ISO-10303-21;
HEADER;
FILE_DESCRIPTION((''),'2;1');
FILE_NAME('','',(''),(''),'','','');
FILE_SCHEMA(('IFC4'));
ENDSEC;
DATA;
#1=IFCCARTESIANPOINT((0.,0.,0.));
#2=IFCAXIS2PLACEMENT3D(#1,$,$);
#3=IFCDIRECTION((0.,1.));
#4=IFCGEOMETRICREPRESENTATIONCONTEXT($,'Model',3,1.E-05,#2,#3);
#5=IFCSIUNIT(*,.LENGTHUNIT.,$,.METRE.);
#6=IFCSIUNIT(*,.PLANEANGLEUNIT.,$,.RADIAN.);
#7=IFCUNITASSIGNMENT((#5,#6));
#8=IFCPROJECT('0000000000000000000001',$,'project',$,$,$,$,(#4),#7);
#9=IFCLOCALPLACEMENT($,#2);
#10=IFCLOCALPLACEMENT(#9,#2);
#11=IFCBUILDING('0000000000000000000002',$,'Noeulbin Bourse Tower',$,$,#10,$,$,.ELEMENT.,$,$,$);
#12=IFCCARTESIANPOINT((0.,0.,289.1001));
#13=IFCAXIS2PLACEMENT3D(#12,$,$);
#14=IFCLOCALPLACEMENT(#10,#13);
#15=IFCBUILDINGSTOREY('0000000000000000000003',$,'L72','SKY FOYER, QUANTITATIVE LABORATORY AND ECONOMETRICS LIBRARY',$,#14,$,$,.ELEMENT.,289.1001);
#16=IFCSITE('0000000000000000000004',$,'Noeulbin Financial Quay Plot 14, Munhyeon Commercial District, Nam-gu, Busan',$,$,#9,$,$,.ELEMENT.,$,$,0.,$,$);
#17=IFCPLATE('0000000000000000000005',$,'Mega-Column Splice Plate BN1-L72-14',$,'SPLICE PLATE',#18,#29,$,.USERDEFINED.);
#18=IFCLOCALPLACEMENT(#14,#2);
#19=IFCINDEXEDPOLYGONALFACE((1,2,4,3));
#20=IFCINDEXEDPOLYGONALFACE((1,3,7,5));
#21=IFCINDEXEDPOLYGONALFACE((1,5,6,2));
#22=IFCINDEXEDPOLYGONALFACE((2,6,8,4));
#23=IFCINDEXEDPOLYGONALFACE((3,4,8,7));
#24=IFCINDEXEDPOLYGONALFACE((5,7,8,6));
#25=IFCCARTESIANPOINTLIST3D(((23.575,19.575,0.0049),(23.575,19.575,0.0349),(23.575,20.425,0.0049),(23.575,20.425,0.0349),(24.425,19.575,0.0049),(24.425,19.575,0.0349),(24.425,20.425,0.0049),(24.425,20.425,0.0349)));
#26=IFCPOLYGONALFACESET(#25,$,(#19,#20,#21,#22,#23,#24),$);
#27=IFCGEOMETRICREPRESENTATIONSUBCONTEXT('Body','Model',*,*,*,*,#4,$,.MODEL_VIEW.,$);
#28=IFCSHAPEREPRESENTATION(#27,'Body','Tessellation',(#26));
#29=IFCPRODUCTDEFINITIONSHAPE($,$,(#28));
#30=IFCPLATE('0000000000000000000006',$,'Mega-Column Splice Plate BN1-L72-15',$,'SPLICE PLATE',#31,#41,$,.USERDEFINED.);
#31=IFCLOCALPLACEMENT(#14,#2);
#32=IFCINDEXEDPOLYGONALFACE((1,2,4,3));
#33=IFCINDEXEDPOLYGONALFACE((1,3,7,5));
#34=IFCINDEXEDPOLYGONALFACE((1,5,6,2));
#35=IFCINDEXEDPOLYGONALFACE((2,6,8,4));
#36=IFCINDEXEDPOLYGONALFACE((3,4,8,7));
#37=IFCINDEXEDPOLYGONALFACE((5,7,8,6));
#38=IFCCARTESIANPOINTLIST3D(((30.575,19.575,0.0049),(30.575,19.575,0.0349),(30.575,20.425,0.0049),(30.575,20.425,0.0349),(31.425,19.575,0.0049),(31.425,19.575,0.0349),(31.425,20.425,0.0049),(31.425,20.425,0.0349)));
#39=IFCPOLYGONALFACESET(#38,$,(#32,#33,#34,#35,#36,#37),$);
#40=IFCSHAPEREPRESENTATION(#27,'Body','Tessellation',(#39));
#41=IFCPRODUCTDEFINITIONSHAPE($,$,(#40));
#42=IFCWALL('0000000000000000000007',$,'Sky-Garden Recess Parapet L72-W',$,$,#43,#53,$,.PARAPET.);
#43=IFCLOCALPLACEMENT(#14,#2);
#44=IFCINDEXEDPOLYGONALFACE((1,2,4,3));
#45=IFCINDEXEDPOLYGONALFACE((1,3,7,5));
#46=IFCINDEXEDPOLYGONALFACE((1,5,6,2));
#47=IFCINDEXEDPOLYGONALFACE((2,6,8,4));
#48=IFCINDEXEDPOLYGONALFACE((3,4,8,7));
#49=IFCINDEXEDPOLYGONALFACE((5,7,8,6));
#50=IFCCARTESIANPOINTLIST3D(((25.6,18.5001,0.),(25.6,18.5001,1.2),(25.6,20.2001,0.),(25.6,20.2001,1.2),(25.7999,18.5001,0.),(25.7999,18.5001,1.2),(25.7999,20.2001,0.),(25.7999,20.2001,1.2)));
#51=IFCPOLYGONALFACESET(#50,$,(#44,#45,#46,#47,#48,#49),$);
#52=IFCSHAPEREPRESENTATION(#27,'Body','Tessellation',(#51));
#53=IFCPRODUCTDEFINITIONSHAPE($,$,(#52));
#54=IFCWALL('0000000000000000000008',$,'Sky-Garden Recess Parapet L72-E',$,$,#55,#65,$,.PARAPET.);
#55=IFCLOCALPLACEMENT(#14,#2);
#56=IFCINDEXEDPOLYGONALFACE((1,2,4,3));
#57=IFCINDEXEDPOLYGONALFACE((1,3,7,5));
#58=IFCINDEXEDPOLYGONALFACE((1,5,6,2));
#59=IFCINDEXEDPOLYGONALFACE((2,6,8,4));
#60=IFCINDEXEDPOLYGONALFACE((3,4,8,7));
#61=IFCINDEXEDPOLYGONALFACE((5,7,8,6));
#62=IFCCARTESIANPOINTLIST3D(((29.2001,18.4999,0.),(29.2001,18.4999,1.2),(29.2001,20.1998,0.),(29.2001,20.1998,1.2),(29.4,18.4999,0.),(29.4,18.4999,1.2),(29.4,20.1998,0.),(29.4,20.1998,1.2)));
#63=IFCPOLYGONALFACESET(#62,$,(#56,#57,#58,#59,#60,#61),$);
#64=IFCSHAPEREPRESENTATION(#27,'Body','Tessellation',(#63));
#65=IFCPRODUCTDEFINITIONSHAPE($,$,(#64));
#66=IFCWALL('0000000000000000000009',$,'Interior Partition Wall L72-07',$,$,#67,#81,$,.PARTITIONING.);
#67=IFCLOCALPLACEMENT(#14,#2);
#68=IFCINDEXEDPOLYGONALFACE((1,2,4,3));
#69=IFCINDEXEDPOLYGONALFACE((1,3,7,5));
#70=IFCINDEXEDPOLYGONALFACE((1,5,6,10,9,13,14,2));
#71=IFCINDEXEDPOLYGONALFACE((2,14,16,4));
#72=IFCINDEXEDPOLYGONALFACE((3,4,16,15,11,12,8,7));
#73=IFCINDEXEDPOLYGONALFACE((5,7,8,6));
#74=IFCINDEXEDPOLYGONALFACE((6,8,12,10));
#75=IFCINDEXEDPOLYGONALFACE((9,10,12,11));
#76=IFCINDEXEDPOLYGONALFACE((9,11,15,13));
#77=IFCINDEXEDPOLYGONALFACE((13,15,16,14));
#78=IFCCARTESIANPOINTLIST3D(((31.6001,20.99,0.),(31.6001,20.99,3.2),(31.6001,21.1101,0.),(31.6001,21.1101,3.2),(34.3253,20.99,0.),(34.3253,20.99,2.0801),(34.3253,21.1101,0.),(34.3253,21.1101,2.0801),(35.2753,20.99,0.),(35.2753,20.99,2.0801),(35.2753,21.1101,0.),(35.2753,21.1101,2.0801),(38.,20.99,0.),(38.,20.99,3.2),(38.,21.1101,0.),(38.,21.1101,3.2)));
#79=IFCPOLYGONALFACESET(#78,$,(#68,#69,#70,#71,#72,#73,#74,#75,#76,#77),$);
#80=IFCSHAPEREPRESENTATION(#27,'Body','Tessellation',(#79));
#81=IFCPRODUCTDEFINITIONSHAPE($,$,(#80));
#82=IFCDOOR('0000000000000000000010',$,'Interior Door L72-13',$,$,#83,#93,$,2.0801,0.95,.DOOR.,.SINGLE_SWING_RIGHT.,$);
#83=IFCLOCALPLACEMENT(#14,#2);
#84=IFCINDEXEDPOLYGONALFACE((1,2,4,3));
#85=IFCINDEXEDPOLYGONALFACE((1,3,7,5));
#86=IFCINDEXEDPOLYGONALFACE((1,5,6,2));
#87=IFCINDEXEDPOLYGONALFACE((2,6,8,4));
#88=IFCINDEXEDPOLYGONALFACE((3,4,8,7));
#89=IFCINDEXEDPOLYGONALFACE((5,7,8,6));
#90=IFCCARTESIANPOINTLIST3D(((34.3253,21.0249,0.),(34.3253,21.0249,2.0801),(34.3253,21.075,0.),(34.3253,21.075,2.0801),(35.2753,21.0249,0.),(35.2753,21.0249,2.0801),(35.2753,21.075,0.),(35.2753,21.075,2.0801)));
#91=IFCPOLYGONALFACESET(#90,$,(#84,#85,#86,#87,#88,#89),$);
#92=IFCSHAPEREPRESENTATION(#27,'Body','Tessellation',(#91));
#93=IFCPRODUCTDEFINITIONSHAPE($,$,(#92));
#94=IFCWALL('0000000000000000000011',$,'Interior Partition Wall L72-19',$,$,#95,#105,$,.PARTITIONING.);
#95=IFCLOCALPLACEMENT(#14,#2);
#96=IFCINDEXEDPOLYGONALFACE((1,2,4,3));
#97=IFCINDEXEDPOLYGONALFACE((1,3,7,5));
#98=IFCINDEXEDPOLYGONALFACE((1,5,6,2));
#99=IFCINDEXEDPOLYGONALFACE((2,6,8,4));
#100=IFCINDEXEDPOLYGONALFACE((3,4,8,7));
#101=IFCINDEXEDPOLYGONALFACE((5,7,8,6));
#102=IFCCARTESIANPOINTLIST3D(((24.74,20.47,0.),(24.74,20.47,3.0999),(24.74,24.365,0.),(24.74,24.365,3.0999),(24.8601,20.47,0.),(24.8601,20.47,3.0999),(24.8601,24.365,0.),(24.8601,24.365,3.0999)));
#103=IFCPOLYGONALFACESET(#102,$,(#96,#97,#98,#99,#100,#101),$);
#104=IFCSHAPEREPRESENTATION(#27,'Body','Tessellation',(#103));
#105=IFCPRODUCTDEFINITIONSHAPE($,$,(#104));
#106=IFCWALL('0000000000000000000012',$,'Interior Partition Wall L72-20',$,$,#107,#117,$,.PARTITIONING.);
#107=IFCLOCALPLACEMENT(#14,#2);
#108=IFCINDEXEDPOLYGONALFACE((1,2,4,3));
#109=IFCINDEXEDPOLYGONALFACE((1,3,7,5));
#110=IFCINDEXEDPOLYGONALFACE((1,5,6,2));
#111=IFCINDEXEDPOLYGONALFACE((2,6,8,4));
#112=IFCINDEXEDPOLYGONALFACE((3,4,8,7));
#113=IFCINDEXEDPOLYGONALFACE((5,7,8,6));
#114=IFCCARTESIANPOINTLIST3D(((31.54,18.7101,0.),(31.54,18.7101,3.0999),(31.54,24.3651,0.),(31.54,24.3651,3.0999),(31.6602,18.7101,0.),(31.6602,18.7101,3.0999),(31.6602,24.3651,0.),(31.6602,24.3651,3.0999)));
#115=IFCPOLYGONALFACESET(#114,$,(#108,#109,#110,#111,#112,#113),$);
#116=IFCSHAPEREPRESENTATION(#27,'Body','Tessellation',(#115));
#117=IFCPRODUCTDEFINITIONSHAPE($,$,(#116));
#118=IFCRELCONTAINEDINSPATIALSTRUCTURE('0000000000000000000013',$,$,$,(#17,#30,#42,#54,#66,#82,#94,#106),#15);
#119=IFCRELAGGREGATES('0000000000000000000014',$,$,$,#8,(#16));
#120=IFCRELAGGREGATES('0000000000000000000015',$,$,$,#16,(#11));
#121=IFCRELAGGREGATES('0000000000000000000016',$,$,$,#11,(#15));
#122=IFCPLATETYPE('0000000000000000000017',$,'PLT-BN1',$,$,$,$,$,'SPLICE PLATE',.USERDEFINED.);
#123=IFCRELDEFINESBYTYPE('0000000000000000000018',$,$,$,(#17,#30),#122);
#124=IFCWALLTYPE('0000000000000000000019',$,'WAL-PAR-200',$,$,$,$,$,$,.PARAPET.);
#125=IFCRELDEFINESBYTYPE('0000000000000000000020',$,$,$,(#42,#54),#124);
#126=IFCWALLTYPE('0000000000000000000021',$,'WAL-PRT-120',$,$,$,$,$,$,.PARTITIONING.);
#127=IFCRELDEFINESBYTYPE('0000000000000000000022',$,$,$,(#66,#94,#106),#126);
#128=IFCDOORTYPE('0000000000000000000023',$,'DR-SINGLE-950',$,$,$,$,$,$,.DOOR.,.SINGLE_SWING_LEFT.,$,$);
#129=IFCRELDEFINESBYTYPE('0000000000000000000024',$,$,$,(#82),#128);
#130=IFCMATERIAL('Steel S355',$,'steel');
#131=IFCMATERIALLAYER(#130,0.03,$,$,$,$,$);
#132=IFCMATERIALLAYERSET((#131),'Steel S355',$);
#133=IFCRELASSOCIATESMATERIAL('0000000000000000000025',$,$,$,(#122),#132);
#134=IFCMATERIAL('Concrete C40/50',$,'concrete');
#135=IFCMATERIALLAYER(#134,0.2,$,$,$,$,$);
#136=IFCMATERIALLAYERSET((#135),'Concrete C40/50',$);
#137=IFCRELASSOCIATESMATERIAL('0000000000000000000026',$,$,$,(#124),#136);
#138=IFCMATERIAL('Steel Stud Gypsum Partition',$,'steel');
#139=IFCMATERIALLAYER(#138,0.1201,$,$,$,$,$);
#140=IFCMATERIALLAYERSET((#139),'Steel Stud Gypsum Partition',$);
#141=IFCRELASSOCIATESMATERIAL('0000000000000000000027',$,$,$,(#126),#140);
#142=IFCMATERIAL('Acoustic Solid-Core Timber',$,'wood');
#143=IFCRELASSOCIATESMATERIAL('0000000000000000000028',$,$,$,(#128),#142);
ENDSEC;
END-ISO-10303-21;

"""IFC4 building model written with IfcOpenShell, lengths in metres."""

from ifc_helpers import new_model, si_unit, direction, frame, frame_2d, origin, origin_2d, place, context, subcontext, project, spatial, rectangle, extrude, material, layer, layer_set, type_object, element, fill, save


model = new_model("IFC4")

# Units and contexts
model_context = context("Model", 3, precision=1e-05, world=origin(), true_north=direction((0.0, 1.0)))
body_context = subcontext(model_context, "Body", "Model", "MODEL_VIEW")
ifc_project = project(units=[si_unit("LENGTHUNIT", "METRE"), si_unit("PLANEANGLEUNIT", "RADIAN")], contexts=[model_context])

# Site, building, storey
site_placement = place(None, origin())
site = spatial("IfcSite", under=ifc_project, at=site_placement, Name="Noeulbin Financial Quay Plot 14, Munhyeon Commercial District, Nam-gu, Busan", CompositionType="ELEMENT", RefElevation=0.0)
building_placement = place(site_placement, origin())
building = spatial("IfcBuilding", under=site, at=building_placement, Name="Noeulbin Bourse Tower", CompositionType="ELEMENT")
storey_placement = place(building_placement, frame((0.0, 0.0, 289.1001)))
storey = spatial("IfcBuildingStorey", under=building, at=storey_placement, Name="L72", Description="SKY FOYER, QUANTITATIVE LABORATORY AND ECONOMETRICS LIBRARY", CompositionType="ELEMENT", Elevation=289.1001)

# Shared definitions
ifc_material_1 = material(Name="Steel S355", Category="steel")

# Plates
ifc_layer_1 = layer(ifc_material_1, 0.03)
ifc_layer_set_1 = layer_set([ifc_layer_1], Name="Steel S355")
plate_type_1 = type_object("IfcPlateType", Name="PLT-BN1", ElementType="SPLICE PLATE", PredefinedType="USERDEFINED", material=ifc_layer_set_1)
for number, where, z_axis, x_axis, name in (
    (1, (24.0, 20.0, 0.0049), (0.0, 0.0, 1.0), (1.0, 0.0, 0.0), "Mega-Column Splice Plate BN1-L72-14"),
    (2, (31.0, 20.0, 0.0049), (0.0, 0.0, 1.0), (1.0, 0.0, 0.0), "Mega-Column Splice Plate BN1-L72-15"),
):
    element("IfcPlate", number, at=place(storey_placement, frame(where, z_axis=z_axis, x_axis=x_axis)), inside=storey, type_object=plate_type_1, Name=name, ObjectType="SPLICE PLATE", PredefinedType="USERDEFINED", context=body_context, shape_type="SweptSolid", body=[
        extrude(rectangle(XDim=0.8501, YDim=0.8501, at=origin_2d()), origin(), (0.0, 0.0, 1.0), 0.03),
    ])

# Walls
ifc_material_2 = material(Name="Concrete C40/50", Category="concrete")
ifc_layer_2 = layer(ifc_material_2, 0.2)
ifc_layer_set_2 = layer_set([ifc_layer_2], Name="Concrete C40/50")
wall_type_1 = type_object("IfcWallType", Name="WAL-PAR-200", PredefinedType="PARAPET", material=ifc_layer_set_2)
for number, where, z_axis, x_axis, name in (
    (3, (25.7, 18.5, 0.0), (0.0, 0.0, 1.0), (0.0, 1.0, 0.0), "Sky-Garden Recess Parapet L72-W"),
    (4, (29.3, 20.2, 0.0), (0.0, 0.0, 1.0), (0.0, -1.0, 0.0), "Sky-Garden Recess Parapet L72-E"),
):
    element("IfcWall", number, at=place(storey_placement, frame(where, z_axis=z_axis, x_axis=x_axis)), inside=storey, type_object=wall_type_1, Name=name, PredefinedType="PARAPET", context=body_context, shape_type="SweptSolid", body=[
        extrude(rectangle(XDim=1.7, YDim=0.2, at=frame_2d((0.8501, 0.0))), origin(), (0.0, 0.0, 1.0), 1.2),
    ])

# Wall, opening, door
ifc_material_3 = material(Name="Steel Stud Gypsum Partition", Category="steel")
ifc_layer_3 = layer(ifc_material_3, 0.1201)
ifc_layer_set_3 = layer_set([ifc_layer_3], Name="Steel Stud Gypsum Partition")
wall_type_2 = type_object("IfcWallType", Name="WAL-PRT-120", PredefinedType="PARTITIONING", material=ifc_layer_set_3)
wall_1_placement = place(storey_placement, frame((31.6001, 21.05, 0.0), z_axis=(0.0, 0.0, 1.0), x_axis=(1.0, 0.0, 0.0)))
wall_1 = element("IfcWall", 5, at=wall_1_placement, inside=storey, type_object=wall_type_2, Name="Interior Partition Wall L72-07", PredefinedType="PARTITIONING", context=body_context, shape_type="SweptSolid", body=[
    extrude(rectangle(XDim=6.3999, YDim=0.1201, at=frame_2d((3.2, 0.0))), origin(), (0.0, 0.0, 1.0), 3.2),
])
opening_placement = place(wall_1_placement, frame((2.7251, 0.0, 0.0)))
opening = element("IfcOpeningElement", 6, at=opening_placement, cuts=wall_1, PredefinedType="OPENING", context=body_context, shape_type="SweptSolid", body=[
    extrude(rectangle(XDim=0.95, YDim=2.0801, at=frame_2d((0.4751, 1.04))), frame((0.0, 0.0701, 0.0), z_axis=(0.0, -1.0, 0.0), x_axis=(1.0, 0.0, 0.0)), (0.0, 0.0, 1.0), 0.1401),
])
ifc_material_4 = material(Name="Acoustic Solid-Core Timber", Category="wood")
door_type = type_object("IfcDoorType", Name="DR-SINGLE-950", OperationType="SINGLE_SWING_LEFT", PredefinedType="DOOR", material=ifc_material_4)
door_placement = place(opening_placement, origin())
door = element("IfcDoor", 7, at=door_placement, inside=storey, type_object=door_type, Name="Interior Door L72-13", OperationType="SINGLE_SWING_RIGHT", OverallHeight=2.0801, OverallWidth=0.95, PredefinedType="DOOR", context=body_context, shape_type="SweptSolid", body=[
    extrude(rectangle(XDim=0.95, YDim=2.0801, at=frame_2d((0.4751, 1.04))), frame((0.0, 0.0249, 0.0), z_axis=(0.0, -1.0, 0.0), x_axis=(1.0, 0.0, 0.0)), (0.0, 0.0, 1.0), 0.05),
])
fill(opening, door)

# Walls
wall_2_placement = place(storey_placement, frame((24.8, 20.47, 0.0), z_axis=(0.0, 0.0, 1.0), x_axis=(0.0, 1.0, 0.0)))
element("IfcWall", 8, at=wall_2_placement, inside=storey, type_object=wall_type_2, Name="Interior Partition Wall L72-19", PredefinedType="PARTITIONING", context=body_context, shape_type="SweptSolid", body=[
    extrude(rectangle(XDim=3.895, YDim=0.1201, at=frame_2d((1.9475, 0.0))), origin(), (0.0, 0.0, 1.0), 3.0999),
])
wall_3_placement = place(storey_placement, frame((31.6001, 18.71, 0.0), z_axis=(0.0, 0.0, 1.0), x_axis=(0.0, 1.0, 0.0)))
element("IfcWall", 9, at=wall_3_placement, inside=storey, type_object=wall_type_2, Name="Interior Partition Wall L72-20", PredefinedType="PARTITIONING", context=body_context, shape_type="SweptSolid", body=[
    extrude(rectangle(XDim=5.655, YDim=0.1201, at=frame_2d((2.8276, 0.0))), origin(), (0.0, 0.0, 1.0), 3.0999),
])

save(model, "model.ifc")
